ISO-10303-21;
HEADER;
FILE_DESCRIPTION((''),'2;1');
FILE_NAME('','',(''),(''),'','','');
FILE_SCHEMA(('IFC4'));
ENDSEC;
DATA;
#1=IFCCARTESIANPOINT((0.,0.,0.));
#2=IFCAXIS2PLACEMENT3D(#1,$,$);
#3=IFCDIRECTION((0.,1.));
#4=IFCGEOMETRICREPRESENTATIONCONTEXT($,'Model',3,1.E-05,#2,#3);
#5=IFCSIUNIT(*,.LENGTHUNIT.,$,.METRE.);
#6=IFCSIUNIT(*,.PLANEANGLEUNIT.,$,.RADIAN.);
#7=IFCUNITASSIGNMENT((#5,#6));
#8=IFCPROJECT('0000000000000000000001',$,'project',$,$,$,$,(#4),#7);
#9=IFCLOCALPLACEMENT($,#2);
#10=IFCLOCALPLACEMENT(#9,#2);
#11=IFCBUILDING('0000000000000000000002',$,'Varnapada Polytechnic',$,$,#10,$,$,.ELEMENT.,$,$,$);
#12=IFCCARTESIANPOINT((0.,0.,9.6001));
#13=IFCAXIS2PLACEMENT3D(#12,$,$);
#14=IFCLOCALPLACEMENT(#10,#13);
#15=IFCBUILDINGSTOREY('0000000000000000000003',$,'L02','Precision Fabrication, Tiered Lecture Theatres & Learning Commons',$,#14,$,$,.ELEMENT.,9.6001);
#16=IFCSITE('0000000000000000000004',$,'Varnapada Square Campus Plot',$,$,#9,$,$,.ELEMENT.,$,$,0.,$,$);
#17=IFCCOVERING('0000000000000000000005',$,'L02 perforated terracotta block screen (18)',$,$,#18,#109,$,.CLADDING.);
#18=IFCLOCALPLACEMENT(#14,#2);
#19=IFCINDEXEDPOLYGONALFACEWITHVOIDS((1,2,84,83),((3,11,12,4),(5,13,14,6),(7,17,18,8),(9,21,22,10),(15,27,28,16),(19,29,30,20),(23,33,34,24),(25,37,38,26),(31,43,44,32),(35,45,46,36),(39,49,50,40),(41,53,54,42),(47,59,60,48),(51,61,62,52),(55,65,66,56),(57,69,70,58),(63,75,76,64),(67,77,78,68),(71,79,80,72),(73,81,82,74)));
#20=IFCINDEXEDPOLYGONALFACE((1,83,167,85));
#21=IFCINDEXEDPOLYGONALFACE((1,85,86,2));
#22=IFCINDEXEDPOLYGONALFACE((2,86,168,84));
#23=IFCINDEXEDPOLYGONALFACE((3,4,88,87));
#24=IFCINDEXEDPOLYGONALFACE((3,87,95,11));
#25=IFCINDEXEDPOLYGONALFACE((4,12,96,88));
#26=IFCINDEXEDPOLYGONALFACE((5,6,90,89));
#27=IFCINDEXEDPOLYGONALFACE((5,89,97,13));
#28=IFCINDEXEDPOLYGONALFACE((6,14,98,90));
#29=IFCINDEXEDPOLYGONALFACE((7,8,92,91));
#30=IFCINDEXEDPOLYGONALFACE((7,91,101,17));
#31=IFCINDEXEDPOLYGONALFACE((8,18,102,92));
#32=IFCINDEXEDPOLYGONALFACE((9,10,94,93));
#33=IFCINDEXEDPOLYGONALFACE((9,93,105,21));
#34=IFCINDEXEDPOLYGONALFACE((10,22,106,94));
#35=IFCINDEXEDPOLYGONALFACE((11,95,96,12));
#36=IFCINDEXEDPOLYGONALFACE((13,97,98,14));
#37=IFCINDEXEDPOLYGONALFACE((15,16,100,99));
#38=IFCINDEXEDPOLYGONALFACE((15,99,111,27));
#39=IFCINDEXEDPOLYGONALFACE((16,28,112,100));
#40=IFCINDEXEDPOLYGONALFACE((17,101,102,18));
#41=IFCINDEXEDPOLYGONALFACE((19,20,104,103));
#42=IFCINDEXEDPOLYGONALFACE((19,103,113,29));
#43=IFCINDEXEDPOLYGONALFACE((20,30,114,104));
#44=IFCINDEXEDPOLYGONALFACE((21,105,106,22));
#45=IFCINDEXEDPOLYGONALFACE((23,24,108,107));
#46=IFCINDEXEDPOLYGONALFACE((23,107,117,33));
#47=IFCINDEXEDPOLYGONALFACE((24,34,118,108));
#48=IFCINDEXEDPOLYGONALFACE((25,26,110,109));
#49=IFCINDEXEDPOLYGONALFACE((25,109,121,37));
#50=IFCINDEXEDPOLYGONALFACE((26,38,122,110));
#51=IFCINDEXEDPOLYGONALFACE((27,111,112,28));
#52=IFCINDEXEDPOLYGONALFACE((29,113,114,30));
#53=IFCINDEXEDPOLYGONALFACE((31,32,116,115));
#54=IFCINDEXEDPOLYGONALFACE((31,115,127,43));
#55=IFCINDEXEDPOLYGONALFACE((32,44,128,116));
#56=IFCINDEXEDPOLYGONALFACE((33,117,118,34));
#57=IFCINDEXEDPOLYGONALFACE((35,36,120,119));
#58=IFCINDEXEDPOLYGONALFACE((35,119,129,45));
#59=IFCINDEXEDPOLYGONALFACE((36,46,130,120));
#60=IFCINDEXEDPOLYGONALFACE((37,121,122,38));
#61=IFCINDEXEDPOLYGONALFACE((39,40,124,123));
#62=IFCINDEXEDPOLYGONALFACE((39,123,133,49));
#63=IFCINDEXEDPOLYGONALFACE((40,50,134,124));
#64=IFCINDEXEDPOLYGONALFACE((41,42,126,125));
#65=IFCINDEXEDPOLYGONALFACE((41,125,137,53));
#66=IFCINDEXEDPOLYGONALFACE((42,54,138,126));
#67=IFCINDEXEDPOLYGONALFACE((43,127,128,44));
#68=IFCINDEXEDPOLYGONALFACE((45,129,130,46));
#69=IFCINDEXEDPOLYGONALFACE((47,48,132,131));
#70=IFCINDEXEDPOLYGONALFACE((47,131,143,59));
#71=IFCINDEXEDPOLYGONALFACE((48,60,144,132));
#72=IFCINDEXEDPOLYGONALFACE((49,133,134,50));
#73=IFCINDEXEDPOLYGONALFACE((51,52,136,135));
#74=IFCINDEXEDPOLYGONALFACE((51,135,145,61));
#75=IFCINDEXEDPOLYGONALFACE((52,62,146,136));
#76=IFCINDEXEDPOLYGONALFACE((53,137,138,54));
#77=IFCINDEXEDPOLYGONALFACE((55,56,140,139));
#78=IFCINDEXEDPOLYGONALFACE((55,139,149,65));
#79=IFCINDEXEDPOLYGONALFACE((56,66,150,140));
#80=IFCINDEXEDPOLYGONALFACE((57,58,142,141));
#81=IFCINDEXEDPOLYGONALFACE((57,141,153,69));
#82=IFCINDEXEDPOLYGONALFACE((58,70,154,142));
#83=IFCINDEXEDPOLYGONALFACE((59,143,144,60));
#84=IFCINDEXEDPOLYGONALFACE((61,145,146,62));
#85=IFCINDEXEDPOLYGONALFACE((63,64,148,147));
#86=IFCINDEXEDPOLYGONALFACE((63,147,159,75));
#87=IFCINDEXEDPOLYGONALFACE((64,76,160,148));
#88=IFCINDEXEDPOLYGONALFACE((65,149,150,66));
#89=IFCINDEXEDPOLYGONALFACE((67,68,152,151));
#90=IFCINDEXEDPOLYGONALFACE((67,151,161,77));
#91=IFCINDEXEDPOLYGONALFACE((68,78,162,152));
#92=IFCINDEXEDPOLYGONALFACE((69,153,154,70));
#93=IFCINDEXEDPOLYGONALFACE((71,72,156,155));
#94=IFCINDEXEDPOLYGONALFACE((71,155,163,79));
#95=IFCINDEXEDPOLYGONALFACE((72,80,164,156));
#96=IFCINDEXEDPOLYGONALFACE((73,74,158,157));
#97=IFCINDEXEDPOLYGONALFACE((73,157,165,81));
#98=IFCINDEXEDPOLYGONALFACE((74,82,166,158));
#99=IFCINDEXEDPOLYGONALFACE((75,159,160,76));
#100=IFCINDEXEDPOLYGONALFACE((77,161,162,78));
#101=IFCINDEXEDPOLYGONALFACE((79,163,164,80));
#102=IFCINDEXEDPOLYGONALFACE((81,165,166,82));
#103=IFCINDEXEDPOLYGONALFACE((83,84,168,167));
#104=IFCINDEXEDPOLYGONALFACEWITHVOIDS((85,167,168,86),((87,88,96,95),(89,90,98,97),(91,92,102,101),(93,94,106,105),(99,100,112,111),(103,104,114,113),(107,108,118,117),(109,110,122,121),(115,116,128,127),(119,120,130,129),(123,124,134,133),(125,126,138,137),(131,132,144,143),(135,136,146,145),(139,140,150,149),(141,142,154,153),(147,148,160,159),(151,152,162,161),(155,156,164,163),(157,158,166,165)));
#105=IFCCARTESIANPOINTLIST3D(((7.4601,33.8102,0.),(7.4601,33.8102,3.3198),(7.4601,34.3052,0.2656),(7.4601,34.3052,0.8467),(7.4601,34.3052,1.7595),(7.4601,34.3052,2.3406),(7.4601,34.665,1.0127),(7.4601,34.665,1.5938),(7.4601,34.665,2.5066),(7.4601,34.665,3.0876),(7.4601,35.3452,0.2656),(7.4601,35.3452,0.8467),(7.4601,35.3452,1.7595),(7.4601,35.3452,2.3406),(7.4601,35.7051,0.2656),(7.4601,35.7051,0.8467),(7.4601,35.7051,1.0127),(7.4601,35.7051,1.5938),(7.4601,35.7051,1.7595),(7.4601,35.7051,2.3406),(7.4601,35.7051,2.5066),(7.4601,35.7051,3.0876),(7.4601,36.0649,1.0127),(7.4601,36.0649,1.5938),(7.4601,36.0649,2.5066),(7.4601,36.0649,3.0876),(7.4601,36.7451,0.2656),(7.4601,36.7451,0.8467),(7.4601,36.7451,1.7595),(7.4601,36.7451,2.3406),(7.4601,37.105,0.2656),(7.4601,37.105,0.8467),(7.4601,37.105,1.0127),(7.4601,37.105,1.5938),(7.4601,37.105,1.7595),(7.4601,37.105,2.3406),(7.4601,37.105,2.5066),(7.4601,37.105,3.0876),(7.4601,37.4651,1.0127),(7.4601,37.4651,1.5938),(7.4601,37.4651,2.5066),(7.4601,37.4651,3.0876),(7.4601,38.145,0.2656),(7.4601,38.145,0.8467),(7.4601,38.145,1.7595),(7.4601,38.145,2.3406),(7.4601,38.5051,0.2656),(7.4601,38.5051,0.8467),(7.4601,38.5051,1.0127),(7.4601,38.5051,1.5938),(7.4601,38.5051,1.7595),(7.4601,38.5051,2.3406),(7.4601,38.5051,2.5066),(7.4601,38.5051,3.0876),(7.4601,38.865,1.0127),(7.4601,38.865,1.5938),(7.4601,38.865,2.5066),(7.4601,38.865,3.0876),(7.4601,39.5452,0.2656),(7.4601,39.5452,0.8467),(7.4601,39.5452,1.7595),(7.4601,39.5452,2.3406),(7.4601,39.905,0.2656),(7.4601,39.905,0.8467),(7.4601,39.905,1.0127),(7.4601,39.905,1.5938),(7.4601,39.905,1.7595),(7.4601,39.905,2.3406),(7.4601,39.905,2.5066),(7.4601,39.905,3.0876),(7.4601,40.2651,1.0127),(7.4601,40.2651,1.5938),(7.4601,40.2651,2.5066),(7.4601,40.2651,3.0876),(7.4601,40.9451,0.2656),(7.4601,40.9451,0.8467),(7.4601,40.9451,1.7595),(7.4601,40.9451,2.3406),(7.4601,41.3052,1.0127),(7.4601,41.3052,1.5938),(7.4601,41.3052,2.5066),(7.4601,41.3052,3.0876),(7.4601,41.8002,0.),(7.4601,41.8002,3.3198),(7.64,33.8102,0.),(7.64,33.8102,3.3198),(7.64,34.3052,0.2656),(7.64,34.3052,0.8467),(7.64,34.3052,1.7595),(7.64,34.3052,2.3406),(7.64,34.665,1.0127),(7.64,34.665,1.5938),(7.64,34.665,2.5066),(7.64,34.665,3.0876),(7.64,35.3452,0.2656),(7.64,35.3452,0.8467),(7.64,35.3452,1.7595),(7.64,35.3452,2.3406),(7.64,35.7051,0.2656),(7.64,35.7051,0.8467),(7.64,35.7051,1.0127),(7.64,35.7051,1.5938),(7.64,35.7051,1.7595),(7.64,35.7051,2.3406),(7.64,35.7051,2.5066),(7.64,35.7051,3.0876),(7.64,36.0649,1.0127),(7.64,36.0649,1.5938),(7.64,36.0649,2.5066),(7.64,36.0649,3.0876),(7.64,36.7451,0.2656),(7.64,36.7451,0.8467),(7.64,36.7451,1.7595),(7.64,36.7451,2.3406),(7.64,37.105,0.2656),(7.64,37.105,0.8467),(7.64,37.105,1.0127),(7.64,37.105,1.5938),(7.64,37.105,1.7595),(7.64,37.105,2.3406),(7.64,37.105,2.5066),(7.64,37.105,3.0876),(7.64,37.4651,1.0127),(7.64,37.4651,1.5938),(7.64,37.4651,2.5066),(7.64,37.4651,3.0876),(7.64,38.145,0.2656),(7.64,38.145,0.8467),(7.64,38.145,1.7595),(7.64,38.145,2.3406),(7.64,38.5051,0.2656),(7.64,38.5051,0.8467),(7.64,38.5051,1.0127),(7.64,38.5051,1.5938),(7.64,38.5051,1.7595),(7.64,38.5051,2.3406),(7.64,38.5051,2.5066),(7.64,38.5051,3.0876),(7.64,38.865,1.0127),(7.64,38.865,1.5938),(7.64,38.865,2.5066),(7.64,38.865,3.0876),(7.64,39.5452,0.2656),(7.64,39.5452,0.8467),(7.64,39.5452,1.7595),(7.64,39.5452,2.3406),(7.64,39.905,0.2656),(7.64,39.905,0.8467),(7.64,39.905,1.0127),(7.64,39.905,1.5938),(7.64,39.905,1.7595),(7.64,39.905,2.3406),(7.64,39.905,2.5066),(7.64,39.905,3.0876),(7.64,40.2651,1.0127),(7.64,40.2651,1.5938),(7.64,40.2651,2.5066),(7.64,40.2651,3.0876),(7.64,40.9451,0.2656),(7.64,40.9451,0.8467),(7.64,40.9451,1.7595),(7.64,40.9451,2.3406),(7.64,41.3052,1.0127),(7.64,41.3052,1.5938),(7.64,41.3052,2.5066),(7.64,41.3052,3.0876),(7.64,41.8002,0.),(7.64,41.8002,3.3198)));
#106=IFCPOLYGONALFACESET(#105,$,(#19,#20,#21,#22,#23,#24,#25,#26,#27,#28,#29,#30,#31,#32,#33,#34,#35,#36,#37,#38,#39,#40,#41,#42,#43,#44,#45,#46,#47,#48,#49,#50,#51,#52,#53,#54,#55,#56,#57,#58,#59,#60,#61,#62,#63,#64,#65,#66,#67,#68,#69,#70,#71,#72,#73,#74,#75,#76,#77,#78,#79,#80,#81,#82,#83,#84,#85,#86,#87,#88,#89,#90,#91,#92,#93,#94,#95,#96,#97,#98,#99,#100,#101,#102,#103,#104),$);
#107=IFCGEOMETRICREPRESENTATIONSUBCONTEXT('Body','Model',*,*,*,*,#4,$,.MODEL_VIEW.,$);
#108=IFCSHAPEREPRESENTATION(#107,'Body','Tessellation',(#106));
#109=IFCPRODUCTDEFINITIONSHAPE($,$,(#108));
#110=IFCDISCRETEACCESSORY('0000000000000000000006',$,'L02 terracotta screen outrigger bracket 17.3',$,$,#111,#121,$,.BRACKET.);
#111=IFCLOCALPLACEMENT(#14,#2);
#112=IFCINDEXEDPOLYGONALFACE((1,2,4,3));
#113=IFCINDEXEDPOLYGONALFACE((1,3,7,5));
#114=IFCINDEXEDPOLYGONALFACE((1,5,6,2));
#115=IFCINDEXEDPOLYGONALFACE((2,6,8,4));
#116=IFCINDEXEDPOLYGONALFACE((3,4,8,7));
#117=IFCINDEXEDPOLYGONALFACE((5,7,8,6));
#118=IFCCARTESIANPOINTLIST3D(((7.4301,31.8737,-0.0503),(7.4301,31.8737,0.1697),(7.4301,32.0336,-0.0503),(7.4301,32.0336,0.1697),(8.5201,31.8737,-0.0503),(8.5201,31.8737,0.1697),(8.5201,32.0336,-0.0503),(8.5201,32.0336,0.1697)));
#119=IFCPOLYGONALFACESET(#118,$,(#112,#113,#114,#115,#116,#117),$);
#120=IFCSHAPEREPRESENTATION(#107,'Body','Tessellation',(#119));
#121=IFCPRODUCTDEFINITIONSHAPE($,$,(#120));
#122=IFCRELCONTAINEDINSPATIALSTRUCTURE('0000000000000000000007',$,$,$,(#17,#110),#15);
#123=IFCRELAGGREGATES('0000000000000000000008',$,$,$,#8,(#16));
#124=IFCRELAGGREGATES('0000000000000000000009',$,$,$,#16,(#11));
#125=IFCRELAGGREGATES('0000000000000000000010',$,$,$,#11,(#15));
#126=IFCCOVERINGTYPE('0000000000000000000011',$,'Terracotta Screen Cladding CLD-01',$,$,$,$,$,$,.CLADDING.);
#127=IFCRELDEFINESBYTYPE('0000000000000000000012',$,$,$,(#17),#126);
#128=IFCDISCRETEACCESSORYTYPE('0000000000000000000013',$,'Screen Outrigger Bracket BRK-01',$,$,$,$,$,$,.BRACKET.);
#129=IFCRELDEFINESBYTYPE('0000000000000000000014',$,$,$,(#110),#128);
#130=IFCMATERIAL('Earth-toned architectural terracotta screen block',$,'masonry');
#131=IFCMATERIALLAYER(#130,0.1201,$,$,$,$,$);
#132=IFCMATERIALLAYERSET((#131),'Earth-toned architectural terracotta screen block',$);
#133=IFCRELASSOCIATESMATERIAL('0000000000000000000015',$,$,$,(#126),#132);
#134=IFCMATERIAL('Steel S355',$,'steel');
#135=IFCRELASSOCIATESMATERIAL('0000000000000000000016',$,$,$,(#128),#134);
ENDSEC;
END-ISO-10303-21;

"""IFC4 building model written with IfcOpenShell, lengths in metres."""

from ifc_helpers import new_model, si_unit, direction, frame, frame_2d, origin, origin_2d, place, context, subcontext, project, spatial, rectangle, extrude, material, layer, layer_set, type_object, element, save


model = new_model("IFC4")

# Units and contexts
model_context = context("Model", 3, precision=1e-05, world=origin(), true_north=direction((0.0, 1.0)))
body_context = subcontext(model_context, "Body", "Model", "MODEL_VIEW")
ifc_project = project(units=[si_unit("LENGTHUNIT", "METRE"), si_unit("PLANEANGLEUNIT", "RADIAN")], contexts=[model_context])

# Site, building, storey
site_placement = place(None, origin())
site = spatial("IfcSite", under=ifc_project, at=site_placement, Name="Varnapada Square Campus Plot", CompositionType="ELEMENT", RefElevation=0.0)
building_placement = place(site_placement, origin())
building = spatial("IfcBuilding", under=site, at=building_placement, Name="Varnapada Polytechnic", CompositionType="ELEMENT")
storey_placement = place(building_placement, frame((0.0, 0.0, 9.6001)))
storey = spatial("IfcBuildingStorey", under=building, at=storey_placement, Name="L02", Description="Precision Fabrication, Tiered Lecture Theatres & Learning Commons", CompositionType="ELEMENT", Elevation=9.6001)

# Covering, openings
ifc_material_1 = material(Name="Earth-toned architectural terracotta screen block", Category="masonry")
ifc_layer_1 = layer(ifc_material_1, 0.1201)
ifc_layer_set_1 = layer_set([ifc_layer_1], Name="Earth-toned architectural terracotta screen block")
covering_type = type_object("IfcCoveringType", Name="Terracotta Screen Cladding CLD-01", PredefinedType="CLADDING", material=ifc_layer_set_1)
covering_placement = place(storey_placement, frame((7.55, 33.8101, 0.0), z_axis=(0.0, 0.0, 1.0), x_axis=(0.0, 1.0, 0.0)))
covering = element("IfcCovering", 1, at=covering_placement, inside=storey, type_object=covering_type, Name="L02 perforated terracotta block screen (18)", PredefinedType="CLADDING", context=body_context, shape_type="SweptSolid", body=[
    extrude(rectangle(XDim=7.99, YDim=0.1799, at=frame_2d((3.9951, 0.0))), origin(), (0.0, 0.0, 1.0), 3.3198),
])
opening_1_placement = place(covering_placement, frame((0.4951, 0.0, 0.2656)))
element("IfcOpeningElement", 2, at=opening_1_placement, cuts=covering, PredefinedType="OPENING", context=body_context, shape_type="SweptSolid", body=[
    extrude(rectangle(XDim=1.04, YDim=0.5811, at=frame_2d((0.52, 0.2905))), frame((0.0, 0.0999, 0.0), z_axis=(0.0, -1.0, 0.0), x_axis=(1.0, 0.0, 0.0)), (0.0, 0.0, 1.0), 0.2),
])
opening_2_placement = place(covering_placement, frame((1.895, 0.0, 0.2656)))
element("IfcOpeningElement", 3, at=opening_2_placement, cuts=covering, PredefinedType="OPENING", context=body_context, shape_type="SweptSolid", body=[
    extrude(rectangle(XDim=1.04, YDim=0.5811, at=frame_2d((0.52, 0.2905))), frame((0.0, 0.0999, 0.0), z_axis=(0.0, -1.0, 0.0), x_axis=(1.0, 0.0, 0.0)), (0.0, 0.0, 1.0), 0.2),
])
opening_3_placement = place(covering_placement, frame((3.2949, 0.0, 0.2656)))
element("IfcOpeningElement", 4, at=opening_3_placement, cuts=covering, PredefinedType="OPENING", context=body_context, shape_type="SweptSolid", body=[
    extrude(rectangle(XDim=1.04, YDim=0.5811, at=frame_2d((0.52, 0.2905))), frame((0.0, 0.0999, 0.0), z_axis=(0.0, -1.0, 0.0), x_axis=(1.0, 0.0, 0.0)), (0.0, 0.0, 1.0), 0.2),
])
opening_4_placement = place(covering_placement, frame((4.6951, 0.0, 0.2656)))
element("IfcOpeningElement", 5, at=opening_4_placement, cuts=covering, PredefinedType="OPENING", context=body_context, shape_type="SweptSolid", body=[
    extrude(rectangle(XDim=1.04, YDim=0.5811, at=frame_2d((0.52, 0.2905))), frame((0.0, 0.0999, 0.0), z_axis=(0.0, -1.0, 0.0), x_axis=(1.0, 0.0, 0.0)), (0.0, 0.0, 1.0), 0.2),
])
opening_5_placement = place(covering_placement, frame((6.095, 0.0, 0.2656)))
element("IfcOpeningElement", 6, at=opening_5_placement, cuts=covering, PredefinedType="OPENING", context=body_context, shape_type="SweptSolid", body=[
    extrude(rectangle(XDim=1.04, YDim=0.5811, at=frame_2d((0.52, 0.2905))), frame((0.0, 0.0999, 0.0), z_axis=(0.0, -1.0, 0.0), x_axis=(1.0, 0.0, 0.0)), (0.0, 0.0, 1.0), 0.2),
])
opening_6_placement = place(covering_placement, frame((0.855, 0.0, 1.0127)))
element("IfcOpeningElement", 7, at=opening_6_placement, cuts=covering, PredefinedType="OPENING", context=body_context, shape_type="SweptSolid", body=[
    extrude(rectangle(XDim=1.04, YDim=0.5811, at=frame_2d((0.52, 0.2905))), frame((0.0, 0.0999, 0.0), z_axis=(0.0, -1.0, 0.0), x_axis=(1.0, 0.0, 0.0)), (0.0, 0.0, 1.0), 0.2),
])
opening_7_placement = place(covering_placement, frame((2.2549, 0.0, 1.0127)))
element("IfcOpeningElement", 8, at=opening_7_placement, cuts=covering, PredefinedType="OPENING", context=body_context, shape_type="SweptSolid", body=[
    extrude(rectangle(XDim=1.04, YDim=0.5811, at=frame_2d((0.52, 0.2905))), frame((0.0, 0.0999, 0.0), z_axis=(0.0, -1.0, 0.0), x_axis=(1.0, 0.0, 0.0)), (0.0, 0.0, 1.0), 0.2),
])
opening_8_placement = place(covering_placement, frame((3.655, 0.0, 1.0127)))
element("IfcOpeningElement", 9, at=opening_8_placement, cuts=covering, PredefinedType="OPENING", context=body_context, shape_type="SweptSolid", body=[
    extrude(rectangle(XDim=1.04, YDim=0.5811, at=frame_2d((0.52, 0.2905))), frame((0.0, 0.0999, 0.0), z_axis=(0.0, -1.0, 0.0), x_axis=(1.0, 0.0, 0.0)), (0.0, 0.0, 1.0), 0.2),
])
opening_9_placement = place(covering_placement, frame((5.0549, 0.0, 1.0127)))
element("IfcOpeningElement", 10, at=opening_9_placement, cuts=covering, PredefinedType="OPENING", context=body_context, shape_type="SweptSolid", body=[
    extrude(rectangle(XDim=1.04, YDim=0.5811, at=frame_2d((0.52, 0.2905))), frame((0.0, 0.0999, 0.0), z_axis=(0.0, -1.0, 0.0), x_axis=(1.0, 0.0, 0.0)), (0.0, 0.0, 1.0), 0.2),
])
opening_10_placement = place(covering_placement, frame((6.4551, 0.0, 1.0127)))
element("IfcOpeningElement", 11, at=opening_10_placement, cuts=covering, PredefinedType="OPENING", context=body_context, shape_type="SweptSolid", body=[
    extrude(rectangle(XDim=1.04, YDim=0.5811, at=frame_2d((0.52, 0.2905))), frame((0.0, 0.0999, 0.0), z_axis=(0.0, -1.0, 0.0), x_axis=(1.0, 0.0, 0.0)), (0.0, 0.0, 1.0), 0.2),
])
opening_11_placement = place(covering_placement, frame((0.4951, 0.0, 1.7595)))
element("IfcOpeningElement", 12, at=opening_11_placement, cuts=covering, PredefinedType="OPENING", context=body_context, shape_type="SweptSolid", body=[
    extrude(rectangle(XDim=1.04, YDim=0.5811, at=frame_2d((0.52, 0.2905))), frame((0.0, 0.0999, 0.0), z_axis=(0.0, -1.0, 0.0), x_axis=(1.0, 0.0, 0.0)), (0.0, 0.0, 1.0), 0.2),
])
opening_12_placement = place(covering_placement, frame((1.895, 0.0, 1.7595)))
element("IfcOpeningElement", 13, at=opening_12_placement, cuts=covering, PredefinedType="OPENING", context=body_context, shape_type="SweptSolid", body=[
    extrude(rectangle(XDim=1.04, YDim=0.5811, at=frame_2d((0.52, 0.2905))), frame((0.0, 0.0999, 0.0), z_axis=(0.0, -1.0, 0.0), x_axis=(1.0, 0.0, 0.0)), (0.0, 0.0, 1.0), 0.2),
])
opening_13_placement = place(covering_placement, frame((3.2949, 0.0, 1.7595)))
element("IfcOpeningElement", 14, at=opening_13_placement, cuts=covering, PredefinedType="OPENING", context=body_context, shape_type="SweptSolid", body=[
    extrude(rectangle(XDim=1.04, YDim=0.5811, at=frame_2d((0.52, 0.2905))), frame((0.0, 0.0999, 0.0), z_axis=(0.0, -1.0, 0.0), x_axis=(1.0, 0.0, 0.0)), (0.0, 0.0, 1.0), 0.2),
])
opening_14_placement = place(covering_placement, frame((4.6951, 0.0, 1.7595)))
element("IfcOpeningElement", 15, at=opening_14_placement, cuts=covering, PredefinedType="OPENING", context=body_context, shape_type="SweptSolid", body=[
    extrude(rectangle(XDim=1.04, YDim=0.5811, at=frame_2d((0.52, 0.2905))), frame((0.0, 0.0999, 0.0), z_axis=(0.0, -1.0, 0.0), x_axis=(1.0, 0.0, 0.0)), (0.0, 0.0, 1.0), 0.2),
])
opening_15_placement = place(covering_placement, frame((6.095, 0.0, 1.7595)))
element("IfcOpeningElement", 16, at=opening_15_placement, cuts=covering, PredefinedType="OPENING", context=body_context, shape_type="SweptSolid", body=[
    extrude(rectangle(XDim=1.04, YDim=0.5811, at=frame_2d((0.52, 0.2905))), frame((0.0, 0.0999, 0.0), z_axis=(0.0, -1.0, 0.0), x_axis=(1.0, 0.0, 0.0)), (0.0, 0.0, 1.0), 0.2),
])
opening_16_placement = place(covering_placement, frame((0.855, 0.0, 2.5066)))
element("IfcOpeningElement", 17, at=opening_16_placement, cuts=covering, PredefinedType="OPENING", context=body_context, shape_type="SweptSolid", body=[
    extrude(rectangle(XDim=1.04, YDim=0.5811, at=frame_2d((0.52, 0.2905))), frame((0.0, 0.0999, 0.0), z_axis=(0.0, -1.0, 0.0), x_axis=(1.0, 0.0, 0.0)), (0.0, 0.0, 1.0), 0.2),
])
opening_17_placement = place(covering_placement, frame((2.2549, 0.0, 2.5066)))
element("IfcOpeningElement", 18, at=opening_17_placement, cuts=covering, PredefinedType="OPENING", context=body_context, shape_type="SweptSolid", body=[
    extrude(rectangle(XDim=1.04, YDim=0.5811, at=frame_2d((0.52, 0.2905))), frame((0.0, 0.0999, 0.0), z_axis=(0.0, -1.0, 0.0), x_axis=(1.0, 0.0, 0.0)), (0.0, 0.0, 1.0), 0.2),
])
opening_18_placement = place(covering_placement, frame((3.655, 0.0, 2.5066)))
element("IfcOpeningElement", 19, at=opening_18_placement, cuts=covering, PredefinedType="OPENING", context=body_context, shape_type="SweptSolid", body=[
    extrude(rectangle(XDim=1.04, YDim=0.5811, at=frame_2d((0.52, 0.2905))), frame((0.0, 0.0999, 0.0), z_axis=(0.0, -1.0, 0.0), x_axis=(1.0, 0.0, 0.0)), (0.0, 0.0, 1.0), 0.2),
])
opening_19_placement = place(covering_placement, frame((5.0549, 0.0, 2.5066)))
element("IfcOpeningElement", 20, at=opening_19_placement, cuts=covering, PredefinedType="OPENING", context=body_context, shape_type="SweptSolid", body=[
    extrude(rectangle(XDim=1.04, YDim=0.5811, at=frame_2d((0.52, 0.2905))), frame((0.0, 0.0999, 0.0), z_axis=(0.0, -1.0, 0.0), x_axis=(1.0, 0.0, 0.0)), (0.0, 0.0, 1.0), 0.2),
])
opening_20_placement = place(covering_placement, frame((6.4551, 0.0, 2.5066)))
element("IfcOpeningElement", 21, at=opening_20_placement, cuts=covering, PredefinedType="OPENING", context=body_context, shape_type="SweptSolid", body=[
    extrude(rectangle(XDim=1.04, YDim=0.5811, at=frame_2d((0.52, 0.2905))), frame((0.0, 0.0999, 0.0), z_axis=(0.0, -1.0, 0.0), x_axis=(1.0, 0.0, 0.0)), (0.0, 0.0, 1.0), 0.2),
])

# Discrete accessory
ifc_material_2 = material(Name="Steel S355", Category="steel")
discrete_accessory_type = type_object("IfcDiscreteAccessoryType", Name="Screen Outrigger Bracket BRK-01", PredefinedType="BRACKET", material=ifc_material_2)
discrete_accessory_placement = place(storey_placement, frame((7.9751, 31.9536, -0.0503), z_axis=(0.0, 0.0, 1.0), x_axis=(0.0, 1.0, 0.0)))
element("IfcDiscreteAccessory", 22, at=discrete_accessory_placement, inside=storey, type_object=discrete_accessory_type, Name="L02 terracotta screen outrigger bracket 17.3", PredefinedType="BRACKET", context=body_context, shape_type="SweptSolid", body=[
    extrude(rectangle(XDim=0.1599, YDim=1.0901, at=origin_2d()), origin(), (0.0, 0.0, 1.0), 0.22),
])

save(model, "model.ifc")
